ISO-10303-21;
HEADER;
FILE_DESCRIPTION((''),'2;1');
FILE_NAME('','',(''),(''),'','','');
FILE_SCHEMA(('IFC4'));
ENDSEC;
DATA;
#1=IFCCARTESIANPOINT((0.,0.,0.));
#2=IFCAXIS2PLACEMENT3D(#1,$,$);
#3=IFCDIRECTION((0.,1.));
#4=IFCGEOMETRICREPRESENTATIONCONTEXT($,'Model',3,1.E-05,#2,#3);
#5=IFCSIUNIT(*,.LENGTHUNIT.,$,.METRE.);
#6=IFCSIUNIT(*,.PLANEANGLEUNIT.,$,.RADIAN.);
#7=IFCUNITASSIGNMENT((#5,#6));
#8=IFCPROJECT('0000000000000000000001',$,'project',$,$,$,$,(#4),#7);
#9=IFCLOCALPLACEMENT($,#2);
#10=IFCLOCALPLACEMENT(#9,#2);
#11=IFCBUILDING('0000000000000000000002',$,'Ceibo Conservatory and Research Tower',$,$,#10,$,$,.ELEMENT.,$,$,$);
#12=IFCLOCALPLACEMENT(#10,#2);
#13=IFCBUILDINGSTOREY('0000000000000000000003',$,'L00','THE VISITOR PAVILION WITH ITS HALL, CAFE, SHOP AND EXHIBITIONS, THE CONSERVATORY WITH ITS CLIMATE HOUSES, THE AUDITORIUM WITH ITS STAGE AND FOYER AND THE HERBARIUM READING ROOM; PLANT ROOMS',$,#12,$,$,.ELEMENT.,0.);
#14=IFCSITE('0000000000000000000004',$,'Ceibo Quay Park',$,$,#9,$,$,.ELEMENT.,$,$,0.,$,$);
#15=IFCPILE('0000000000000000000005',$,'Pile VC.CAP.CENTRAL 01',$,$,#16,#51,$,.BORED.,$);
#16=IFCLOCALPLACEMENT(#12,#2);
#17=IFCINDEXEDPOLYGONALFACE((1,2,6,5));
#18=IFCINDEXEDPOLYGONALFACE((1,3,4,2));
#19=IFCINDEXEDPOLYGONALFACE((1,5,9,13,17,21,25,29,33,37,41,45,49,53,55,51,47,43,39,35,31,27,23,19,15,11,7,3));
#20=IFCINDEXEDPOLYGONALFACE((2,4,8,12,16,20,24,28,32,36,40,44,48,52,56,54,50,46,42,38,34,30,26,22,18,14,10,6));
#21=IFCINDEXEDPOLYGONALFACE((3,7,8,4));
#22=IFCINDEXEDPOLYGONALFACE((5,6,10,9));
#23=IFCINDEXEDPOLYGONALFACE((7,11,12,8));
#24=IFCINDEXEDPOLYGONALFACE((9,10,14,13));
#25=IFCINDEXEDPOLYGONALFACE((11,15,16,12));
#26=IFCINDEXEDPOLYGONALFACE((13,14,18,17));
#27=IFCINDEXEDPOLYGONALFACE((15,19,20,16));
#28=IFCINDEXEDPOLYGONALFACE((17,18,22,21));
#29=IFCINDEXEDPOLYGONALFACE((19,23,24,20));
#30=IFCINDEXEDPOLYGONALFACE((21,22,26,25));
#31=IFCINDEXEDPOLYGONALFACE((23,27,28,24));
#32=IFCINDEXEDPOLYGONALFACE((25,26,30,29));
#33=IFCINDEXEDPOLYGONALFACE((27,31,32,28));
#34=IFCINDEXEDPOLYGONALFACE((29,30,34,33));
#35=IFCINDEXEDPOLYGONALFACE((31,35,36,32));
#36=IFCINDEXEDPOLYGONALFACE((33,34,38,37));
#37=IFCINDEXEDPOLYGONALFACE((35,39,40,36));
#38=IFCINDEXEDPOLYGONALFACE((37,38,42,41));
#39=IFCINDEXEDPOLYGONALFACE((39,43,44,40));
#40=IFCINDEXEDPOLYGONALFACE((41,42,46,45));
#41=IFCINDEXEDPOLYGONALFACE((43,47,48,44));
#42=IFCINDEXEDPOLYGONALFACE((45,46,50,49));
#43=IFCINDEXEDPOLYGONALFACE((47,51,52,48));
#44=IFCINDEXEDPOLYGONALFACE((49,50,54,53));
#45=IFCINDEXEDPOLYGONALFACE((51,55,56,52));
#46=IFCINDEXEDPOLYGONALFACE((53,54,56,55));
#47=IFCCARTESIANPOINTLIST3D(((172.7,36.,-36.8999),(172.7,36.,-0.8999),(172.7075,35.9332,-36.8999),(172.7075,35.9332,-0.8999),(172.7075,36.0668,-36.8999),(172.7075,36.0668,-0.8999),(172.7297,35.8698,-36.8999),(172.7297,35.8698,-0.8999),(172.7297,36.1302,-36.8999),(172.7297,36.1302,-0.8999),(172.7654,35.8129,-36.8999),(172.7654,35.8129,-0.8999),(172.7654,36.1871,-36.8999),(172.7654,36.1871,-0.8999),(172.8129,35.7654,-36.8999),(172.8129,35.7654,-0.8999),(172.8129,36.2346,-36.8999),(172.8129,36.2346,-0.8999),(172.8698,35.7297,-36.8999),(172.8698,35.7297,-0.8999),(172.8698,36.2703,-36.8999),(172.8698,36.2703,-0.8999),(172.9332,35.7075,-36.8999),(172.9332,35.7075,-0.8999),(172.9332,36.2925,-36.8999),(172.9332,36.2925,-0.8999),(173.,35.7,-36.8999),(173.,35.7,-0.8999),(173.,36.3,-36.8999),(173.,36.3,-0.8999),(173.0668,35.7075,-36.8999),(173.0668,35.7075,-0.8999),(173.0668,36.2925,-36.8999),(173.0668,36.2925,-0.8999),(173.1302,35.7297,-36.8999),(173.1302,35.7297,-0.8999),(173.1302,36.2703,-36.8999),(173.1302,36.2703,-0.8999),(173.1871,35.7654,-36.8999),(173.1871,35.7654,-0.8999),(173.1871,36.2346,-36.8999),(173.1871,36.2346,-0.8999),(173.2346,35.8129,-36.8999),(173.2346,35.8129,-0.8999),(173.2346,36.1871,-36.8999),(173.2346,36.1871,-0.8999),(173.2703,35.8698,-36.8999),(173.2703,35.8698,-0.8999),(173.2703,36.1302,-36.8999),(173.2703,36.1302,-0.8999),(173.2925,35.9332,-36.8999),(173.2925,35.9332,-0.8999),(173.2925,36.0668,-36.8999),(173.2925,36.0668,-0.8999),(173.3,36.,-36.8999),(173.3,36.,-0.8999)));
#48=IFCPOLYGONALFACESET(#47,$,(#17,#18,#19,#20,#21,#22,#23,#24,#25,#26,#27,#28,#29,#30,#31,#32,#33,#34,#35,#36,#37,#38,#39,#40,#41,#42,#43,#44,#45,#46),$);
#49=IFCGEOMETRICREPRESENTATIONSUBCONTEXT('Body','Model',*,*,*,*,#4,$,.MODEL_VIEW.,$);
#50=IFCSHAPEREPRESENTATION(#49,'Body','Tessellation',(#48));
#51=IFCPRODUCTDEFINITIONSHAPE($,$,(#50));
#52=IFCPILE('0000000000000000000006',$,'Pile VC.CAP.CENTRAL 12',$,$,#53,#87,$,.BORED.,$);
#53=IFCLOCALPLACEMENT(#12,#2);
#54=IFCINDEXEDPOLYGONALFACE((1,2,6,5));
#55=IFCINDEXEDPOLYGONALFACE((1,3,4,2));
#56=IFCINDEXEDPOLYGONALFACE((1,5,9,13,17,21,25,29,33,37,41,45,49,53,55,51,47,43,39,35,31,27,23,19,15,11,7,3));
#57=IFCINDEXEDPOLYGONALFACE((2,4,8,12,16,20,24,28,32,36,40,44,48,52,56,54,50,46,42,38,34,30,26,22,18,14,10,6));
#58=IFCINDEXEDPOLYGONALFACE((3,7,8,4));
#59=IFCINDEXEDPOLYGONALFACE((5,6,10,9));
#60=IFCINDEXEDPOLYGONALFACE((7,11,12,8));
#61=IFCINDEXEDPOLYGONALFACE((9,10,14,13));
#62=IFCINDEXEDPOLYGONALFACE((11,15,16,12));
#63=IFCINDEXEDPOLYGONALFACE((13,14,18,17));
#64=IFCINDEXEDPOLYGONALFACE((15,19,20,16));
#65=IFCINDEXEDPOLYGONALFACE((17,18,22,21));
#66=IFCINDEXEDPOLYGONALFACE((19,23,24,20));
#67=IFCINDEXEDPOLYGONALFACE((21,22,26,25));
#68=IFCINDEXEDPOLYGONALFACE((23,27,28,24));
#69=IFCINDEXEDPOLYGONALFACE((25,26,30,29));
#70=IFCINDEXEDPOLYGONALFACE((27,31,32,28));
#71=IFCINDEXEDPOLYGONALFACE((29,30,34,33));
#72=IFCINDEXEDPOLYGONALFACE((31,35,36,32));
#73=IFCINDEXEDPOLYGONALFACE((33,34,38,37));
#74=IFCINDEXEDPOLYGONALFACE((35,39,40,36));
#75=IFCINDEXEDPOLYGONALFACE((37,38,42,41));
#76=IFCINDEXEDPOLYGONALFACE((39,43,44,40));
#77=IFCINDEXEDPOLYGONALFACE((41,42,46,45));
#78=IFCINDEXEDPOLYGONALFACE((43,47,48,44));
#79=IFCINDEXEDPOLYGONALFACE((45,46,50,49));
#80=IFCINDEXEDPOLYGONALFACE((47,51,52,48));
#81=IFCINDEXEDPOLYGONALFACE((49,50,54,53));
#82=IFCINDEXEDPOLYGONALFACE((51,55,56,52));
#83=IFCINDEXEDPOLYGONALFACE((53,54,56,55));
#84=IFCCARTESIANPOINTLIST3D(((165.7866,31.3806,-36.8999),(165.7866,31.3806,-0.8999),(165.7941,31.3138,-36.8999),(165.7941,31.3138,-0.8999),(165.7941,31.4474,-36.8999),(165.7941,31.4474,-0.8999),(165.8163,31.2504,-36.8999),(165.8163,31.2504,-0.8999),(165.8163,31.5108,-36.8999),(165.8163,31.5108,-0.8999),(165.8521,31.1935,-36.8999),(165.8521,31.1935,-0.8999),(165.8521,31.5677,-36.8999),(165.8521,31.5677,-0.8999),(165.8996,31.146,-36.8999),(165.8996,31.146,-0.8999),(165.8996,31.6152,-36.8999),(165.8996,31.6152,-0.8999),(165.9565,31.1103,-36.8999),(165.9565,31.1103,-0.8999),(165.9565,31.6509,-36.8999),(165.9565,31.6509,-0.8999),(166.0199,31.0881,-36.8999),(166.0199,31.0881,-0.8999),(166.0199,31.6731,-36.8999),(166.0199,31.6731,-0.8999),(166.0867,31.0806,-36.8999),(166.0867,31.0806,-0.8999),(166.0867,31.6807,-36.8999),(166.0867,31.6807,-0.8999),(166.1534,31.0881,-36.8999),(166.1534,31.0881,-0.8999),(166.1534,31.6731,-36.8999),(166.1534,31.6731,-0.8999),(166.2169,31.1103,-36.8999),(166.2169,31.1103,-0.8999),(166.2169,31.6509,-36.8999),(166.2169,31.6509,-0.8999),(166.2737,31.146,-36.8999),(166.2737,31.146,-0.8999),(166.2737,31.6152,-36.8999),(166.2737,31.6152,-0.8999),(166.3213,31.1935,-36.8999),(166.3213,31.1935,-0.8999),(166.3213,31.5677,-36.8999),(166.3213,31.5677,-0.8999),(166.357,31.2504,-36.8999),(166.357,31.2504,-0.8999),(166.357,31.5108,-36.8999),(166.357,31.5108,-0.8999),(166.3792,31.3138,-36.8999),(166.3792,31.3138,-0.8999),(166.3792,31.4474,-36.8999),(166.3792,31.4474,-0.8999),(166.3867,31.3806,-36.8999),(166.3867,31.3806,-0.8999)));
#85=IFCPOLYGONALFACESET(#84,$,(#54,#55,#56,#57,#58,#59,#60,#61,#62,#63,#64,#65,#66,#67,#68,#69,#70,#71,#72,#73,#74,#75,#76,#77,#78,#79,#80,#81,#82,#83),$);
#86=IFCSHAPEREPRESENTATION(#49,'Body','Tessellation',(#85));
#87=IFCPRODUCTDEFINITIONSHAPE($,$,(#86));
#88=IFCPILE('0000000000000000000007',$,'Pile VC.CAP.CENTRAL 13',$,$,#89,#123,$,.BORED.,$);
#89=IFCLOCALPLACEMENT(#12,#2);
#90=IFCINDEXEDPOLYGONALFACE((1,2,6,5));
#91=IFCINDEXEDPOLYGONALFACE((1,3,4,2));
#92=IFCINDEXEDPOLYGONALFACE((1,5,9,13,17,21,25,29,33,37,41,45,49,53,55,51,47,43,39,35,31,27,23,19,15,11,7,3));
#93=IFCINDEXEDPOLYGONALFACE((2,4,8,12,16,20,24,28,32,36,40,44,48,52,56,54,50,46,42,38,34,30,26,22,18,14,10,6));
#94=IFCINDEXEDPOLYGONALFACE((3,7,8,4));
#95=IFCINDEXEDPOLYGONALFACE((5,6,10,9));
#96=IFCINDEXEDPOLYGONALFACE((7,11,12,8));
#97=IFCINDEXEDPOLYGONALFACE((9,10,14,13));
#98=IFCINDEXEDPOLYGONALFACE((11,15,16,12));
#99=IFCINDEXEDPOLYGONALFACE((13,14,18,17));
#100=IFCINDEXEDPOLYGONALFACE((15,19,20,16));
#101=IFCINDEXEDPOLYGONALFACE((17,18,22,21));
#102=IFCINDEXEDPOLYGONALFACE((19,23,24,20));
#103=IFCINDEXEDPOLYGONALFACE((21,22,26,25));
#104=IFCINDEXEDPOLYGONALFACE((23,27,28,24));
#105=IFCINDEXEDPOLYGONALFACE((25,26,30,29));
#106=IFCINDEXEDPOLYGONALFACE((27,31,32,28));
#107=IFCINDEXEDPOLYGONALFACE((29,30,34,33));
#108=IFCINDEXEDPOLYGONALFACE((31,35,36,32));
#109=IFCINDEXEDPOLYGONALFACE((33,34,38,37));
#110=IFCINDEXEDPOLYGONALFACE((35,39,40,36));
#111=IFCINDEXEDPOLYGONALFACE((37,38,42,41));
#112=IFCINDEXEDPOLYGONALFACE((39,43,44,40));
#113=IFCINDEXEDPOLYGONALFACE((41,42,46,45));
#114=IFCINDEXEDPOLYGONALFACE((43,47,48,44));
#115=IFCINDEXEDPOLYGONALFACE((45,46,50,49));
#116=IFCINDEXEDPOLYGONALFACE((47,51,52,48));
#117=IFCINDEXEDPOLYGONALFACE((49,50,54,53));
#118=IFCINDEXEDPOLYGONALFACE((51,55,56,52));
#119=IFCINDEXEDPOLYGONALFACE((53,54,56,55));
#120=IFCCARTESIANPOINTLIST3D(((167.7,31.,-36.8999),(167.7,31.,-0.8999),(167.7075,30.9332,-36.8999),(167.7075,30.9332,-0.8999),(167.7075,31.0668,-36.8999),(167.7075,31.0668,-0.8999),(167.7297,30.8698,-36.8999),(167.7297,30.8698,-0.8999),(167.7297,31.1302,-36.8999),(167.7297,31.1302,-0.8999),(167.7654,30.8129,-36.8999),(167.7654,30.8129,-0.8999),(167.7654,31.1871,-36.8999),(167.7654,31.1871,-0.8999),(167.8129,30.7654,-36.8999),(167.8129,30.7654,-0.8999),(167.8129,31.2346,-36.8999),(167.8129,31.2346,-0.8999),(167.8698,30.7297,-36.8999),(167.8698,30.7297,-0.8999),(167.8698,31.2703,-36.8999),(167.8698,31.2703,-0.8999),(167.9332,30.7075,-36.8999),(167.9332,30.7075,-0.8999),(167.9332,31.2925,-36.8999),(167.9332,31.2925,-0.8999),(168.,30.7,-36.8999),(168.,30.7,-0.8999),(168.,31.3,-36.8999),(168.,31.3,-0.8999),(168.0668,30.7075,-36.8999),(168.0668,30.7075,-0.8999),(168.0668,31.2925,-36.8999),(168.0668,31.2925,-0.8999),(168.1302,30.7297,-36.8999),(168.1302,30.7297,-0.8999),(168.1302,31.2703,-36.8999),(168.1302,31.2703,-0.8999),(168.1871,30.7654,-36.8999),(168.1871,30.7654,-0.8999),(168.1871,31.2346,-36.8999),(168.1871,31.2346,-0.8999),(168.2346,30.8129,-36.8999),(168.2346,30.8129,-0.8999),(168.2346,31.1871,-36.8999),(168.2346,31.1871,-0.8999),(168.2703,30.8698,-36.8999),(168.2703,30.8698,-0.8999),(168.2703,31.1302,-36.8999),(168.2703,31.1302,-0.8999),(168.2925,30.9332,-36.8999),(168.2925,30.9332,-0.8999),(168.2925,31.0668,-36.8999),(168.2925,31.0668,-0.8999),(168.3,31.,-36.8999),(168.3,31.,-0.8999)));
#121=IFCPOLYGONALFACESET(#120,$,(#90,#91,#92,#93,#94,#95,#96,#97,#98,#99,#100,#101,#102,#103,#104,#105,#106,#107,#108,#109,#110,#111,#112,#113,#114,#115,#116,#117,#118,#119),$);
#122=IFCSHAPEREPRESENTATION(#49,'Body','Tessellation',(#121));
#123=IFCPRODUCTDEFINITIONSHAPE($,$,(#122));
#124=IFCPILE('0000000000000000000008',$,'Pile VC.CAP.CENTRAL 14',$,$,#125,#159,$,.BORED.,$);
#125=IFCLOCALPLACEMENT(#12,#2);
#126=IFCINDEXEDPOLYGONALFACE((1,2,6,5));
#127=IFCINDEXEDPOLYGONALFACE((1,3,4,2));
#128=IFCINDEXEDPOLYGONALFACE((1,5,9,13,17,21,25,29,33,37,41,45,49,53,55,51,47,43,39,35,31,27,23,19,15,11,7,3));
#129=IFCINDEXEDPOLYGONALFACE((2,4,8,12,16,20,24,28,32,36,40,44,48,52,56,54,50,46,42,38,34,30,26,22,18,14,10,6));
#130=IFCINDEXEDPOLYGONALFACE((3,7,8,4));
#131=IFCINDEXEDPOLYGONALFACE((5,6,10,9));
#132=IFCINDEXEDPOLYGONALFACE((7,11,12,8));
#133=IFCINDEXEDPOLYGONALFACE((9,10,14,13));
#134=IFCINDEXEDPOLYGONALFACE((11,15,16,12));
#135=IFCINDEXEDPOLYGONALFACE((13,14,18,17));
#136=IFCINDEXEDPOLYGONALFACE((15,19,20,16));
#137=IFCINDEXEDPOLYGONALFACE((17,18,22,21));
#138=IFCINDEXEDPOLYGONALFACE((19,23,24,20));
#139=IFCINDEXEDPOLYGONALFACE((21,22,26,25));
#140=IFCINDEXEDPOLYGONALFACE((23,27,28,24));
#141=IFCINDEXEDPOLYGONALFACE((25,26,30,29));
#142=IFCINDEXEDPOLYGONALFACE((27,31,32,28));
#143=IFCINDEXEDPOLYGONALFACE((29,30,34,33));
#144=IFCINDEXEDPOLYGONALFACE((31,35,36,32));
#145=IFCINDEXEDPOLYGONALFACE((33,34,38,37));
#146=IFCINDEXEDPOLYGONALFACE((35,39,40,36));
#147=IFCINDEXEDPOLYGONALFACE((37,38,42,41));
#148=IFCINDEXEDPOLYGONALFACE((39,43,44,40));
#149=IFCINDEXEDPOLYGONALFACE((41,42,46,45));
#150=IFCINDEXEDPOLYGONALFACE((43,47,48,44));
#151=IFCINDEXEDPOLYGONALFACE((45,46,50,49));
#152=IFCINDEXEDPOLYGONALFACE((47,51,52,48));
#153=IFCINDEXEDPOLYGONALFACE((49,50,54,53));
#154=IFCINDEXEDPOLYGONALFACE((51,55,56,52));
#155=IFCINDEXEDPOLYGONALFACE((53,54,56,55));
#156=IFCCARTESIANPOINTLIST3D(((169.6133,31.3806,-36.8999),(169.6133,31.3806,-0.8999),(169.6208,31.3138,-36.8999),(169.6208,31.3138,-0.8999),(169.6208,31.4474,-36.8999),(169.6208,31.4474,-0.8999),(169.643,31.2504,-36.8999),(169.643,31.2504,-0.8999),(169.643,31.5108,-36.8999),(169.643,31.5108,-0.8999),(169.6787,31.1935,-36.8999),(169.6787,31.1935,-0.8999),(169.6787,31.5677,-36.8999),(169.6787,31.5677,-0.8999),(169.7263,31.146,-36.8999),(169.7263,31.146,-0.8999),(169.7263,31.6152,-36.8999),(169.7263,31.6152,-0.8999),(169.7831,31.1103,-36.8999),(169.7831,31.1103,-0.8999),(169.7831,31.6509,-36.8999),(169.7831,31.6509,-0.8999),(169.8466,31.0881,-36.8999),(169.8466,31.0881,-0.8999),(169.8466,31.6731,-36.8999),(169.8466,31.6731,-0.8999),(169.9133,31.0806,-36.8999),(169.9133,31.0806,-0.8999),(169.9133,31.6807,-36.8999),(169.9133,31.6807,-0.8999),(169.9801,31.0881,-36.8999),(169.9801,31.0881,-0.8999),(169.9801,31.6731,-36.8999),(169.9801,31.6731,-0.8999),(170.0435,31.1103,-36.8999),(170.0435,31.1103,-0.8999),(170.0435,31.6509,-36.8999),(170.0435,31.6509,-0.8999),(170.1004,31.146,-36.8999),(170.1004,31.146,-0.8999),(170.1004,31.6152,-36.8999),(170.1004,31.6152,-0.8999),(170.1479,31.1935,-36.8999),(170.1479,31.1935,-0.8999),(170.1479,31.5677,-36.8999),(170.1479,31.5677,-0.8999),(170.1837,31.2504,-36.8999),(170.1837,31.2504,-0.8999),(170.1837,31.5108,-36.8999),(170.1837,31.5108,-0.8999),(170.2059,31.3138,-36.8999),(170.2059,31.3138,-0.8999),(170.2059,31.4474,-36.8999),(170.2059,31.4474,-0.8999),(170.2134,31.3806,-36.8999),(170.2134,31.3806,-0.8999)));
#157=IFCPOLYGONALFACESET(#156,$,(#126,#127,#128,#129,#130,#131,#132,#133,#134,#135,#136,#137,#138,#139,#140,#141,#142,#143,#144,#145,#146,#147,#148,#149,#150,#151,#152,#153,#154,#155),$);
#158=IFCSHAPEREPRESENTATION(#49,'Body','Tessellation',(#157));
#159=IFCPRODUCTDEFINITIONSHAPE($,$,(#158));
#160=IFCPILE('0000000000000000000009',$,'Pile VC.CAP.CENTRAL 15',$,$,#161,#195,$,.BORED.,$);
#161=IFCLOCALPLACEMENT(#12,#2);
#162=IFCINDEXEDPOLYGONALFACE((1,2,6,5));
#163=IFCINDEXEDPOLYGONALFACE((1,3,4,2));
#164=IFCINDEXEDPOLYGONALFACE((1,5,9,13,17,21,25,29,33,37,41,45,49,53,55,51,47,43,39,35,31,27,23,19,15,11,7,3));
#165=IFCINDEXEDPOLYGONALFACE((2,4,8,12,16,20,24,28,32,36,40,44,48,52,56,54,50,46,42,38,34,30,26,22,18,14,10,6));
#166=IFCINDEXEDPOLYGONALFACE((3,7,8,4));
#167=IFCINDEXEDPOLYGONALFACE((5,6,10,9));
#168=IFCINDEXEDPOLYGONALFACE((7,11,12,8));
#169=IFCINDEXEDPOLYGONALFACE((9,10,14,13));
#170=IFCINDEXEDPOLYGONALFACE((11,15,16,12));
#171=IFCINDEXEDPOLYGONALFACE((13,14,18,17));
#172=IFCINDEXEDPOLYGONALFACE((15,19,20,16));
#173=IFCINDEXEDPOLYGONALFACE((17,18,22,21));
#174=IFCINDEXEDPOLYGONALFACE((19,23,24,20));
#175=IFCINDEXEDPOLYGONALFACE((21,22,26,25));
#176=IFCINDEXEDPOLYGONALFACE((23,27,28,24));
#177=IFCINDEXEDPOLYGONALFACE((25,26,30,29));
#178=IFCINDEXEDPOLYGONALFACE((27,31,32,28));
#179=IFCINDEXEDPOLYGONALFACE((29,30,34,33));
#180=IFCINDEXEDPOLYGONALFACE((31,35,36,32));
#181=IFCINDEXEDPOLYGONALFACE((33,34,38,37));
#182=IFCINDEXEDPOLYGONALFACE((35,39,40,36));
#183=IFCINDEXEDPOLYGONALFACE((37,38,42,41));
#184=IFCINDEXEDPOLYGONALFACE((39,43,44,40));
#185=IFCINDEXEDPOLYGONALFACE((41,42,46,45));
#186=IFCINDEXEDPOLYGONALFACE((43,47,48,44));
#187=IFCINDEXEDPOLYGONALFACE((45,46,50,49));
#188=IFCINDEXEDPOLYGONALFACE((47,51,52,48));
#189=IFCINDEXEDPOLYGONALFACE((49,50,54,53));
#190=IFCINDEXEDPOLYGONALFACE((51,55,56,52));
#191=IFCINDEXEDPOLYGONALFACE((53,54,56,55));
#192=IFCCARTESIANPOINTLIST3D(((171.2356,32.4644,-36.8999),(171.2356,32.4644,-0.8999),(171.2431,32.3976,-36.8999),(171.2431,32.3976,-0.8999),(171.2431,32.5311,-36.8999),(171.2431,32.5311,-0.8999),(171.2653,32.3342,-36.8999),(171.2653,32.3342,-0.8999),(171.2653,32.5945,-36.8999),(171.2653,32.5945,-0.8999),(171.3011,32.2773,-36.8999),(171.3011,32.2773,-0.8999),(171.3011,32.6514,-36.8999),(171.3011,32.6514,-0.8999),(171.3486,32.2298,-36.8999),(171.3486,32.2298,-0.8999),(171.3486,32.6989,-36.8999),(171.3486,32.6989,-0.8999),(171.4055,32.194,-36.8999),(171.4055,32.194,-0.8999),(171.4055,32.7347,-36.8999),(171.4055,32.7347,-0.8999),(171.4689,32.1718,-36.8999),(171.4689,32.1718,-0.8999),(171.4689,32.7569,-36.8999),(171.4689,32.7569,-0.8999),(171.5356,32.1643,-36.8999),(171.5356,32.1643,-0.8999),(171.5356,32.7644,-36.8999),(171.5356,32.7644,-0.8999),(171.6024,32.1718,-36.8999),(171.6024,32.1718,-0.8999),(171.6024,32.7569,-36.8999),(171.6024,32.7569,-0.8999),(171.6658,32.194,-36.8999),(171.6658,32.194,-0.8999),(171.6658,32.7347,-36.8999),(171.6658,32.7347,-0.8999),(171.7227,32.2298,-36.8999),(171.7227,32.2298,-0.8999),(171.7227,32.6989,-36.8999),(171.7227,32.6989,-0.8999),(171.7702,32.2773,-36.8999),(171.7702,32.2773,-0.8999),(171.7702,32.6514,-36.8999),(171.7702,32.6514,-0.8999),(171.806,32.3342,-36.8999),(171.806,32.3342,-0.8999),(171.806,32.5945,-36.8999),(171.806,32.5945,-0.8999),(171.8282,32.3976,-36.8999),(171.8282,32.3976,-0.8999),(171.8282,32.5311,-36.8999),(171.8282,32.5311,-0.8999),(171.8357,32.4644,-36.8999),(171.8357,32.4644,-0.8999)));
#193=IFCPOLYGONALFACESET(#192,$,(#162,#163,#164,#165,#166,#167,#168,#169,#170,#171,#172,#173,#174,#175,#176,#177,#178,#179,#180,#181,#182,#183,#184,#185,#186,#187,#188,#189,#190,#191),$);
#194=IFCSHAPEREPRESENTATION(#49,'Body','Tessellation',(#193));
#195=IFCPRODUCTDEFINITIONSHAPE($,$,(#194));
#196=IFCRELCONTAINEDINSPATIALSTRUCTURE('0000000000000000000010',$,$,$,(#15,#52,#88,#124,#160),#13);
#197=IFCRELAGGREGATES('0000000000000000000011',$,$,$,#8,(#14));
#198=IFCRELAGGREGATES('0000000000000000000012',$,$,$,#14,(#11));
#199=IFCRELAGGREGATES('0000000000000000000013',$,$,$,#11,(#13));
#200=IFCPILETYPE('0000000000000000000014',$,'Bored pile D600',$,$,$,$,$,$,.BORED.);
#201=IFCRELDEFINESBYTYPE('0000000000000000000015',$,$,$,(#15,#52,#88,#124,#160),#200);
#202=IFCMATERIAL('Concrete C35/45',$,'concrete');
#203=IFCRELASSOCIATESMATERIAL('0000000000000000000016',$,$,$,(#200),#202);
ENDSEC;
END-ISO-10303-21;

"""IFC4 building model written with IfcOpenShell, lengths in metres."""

from ifc_helpers import new_model, si_unit, direction, frame, origin, origin_2d, place, context, subcontext, project, spatial, circle, extrude, material, material_profile, profile_set, type_object, element, save


model = new_model("IFC4")

# Units and contexts
model_context = context("Model", 3, precision=1e-05, world=origin(), true_north=direction((0.0, 1.0)))
body_context = subcontext(model_context, "Body", "Model", "MODEL_VIEW")
ifc_project = project(units=[si_unit("LENGTHUNIT", "METRE"), si_unit("PLANEANGLEUNIT", "RADIAN")], contexts=[model_context])

# Site, building, storey
site_placement = place(None, origin())
site = spatial("IfcSite", under=ifc_project, at=site_placement, Name="Ceibo Quay Park", CompositionType="ELEMENT", RefElevation=0.0)
building_placement = place(site_placement, origin())
building = spatial("IfcBuilding", under=site, at=building_placement, Name="Ceibo Conservatory and Research Tower", CompositionType="ELEMENT")
storey_placement = place(building_placement, origin())
storey = spatial("IfcBuildingStorey", under=building, at=storey_placement, Name="L00", Description="THE VISITOR PAVILION WITH ITS HALL, CAFE, SHOP AND EXHIBITIONS, THE CONSERVATORY WITH ITS CLIMATE HOUSES, THE AUDITORIUM WITH ITS STAGE AND FOYER AND THE HERBARIUM READING ROOM; PLANT ROOMS", CompositionType="ELEMENT", Elevation=0.0)

# Piles
ifc_material_1 = material(Name="Concrete C35/45", Category="concrete")
ifc_material_profile_1 = material_profile(ifc_material_1, circle(Radius=0.3, at=origin_2d()), Name="RC D600")
ifc_profile_set_1 = profile_set([ifc_material_profile_1], Name="Concrete C35/45")
pile_type = type_object("IfcPileType", Name="Bored pile D600", PredefinedType="BORED", material=ifc_profile_set_1)
for number, where, z_axis, x_axis, name in (
    (1, (173.0, 36.0, -0.8999), (0.0, 0.0, -1.0), (1.0, 0.0, 0.0), "Pile VC.CAP.CENTRAL 01"),
    (2, (166.0867, 31.3806, -0.8999), (0.0, 0.0, -1.0), (1.0, 0.0, 0.0), "Pile VC.CAP.CENTRAL 12"),
    (3, (168.0, 31.0, -0.8999), (0.0, 0.0, -1.0), (1.0, 0.0, 0.0), "Pile VC.CAP.CENTRAL 13"),
    (4, (169.9133, 31.3806, -0.8999), (0.0, 0.0, -1.0), (1.0, 0.0, 0.0), "Pile VC.CAP.CENTRAL 14"),
    (5, (171.5356, 32.4644, -0.8999), (0.0, 0.0, -1.0), (1.0, 0.0, 0.0), "Pile VC.CAP.CENTRAL 15"),
):
    element("IfcPile", number, at=place(storey_placement, frame(where, z_axis=z_axis, x_axis=x_axis)), inside=storey, type_object=pile_type, Name=name, PredefinedType="BORED", context=body_context, shape_type="SweptSolid", body=[
        extrude(circle(Radius=0.3, at=origin_2d()), origin(), (0.0, 0.0, 1.0), 36.0),
    ])

save(model, "model.ifc")
